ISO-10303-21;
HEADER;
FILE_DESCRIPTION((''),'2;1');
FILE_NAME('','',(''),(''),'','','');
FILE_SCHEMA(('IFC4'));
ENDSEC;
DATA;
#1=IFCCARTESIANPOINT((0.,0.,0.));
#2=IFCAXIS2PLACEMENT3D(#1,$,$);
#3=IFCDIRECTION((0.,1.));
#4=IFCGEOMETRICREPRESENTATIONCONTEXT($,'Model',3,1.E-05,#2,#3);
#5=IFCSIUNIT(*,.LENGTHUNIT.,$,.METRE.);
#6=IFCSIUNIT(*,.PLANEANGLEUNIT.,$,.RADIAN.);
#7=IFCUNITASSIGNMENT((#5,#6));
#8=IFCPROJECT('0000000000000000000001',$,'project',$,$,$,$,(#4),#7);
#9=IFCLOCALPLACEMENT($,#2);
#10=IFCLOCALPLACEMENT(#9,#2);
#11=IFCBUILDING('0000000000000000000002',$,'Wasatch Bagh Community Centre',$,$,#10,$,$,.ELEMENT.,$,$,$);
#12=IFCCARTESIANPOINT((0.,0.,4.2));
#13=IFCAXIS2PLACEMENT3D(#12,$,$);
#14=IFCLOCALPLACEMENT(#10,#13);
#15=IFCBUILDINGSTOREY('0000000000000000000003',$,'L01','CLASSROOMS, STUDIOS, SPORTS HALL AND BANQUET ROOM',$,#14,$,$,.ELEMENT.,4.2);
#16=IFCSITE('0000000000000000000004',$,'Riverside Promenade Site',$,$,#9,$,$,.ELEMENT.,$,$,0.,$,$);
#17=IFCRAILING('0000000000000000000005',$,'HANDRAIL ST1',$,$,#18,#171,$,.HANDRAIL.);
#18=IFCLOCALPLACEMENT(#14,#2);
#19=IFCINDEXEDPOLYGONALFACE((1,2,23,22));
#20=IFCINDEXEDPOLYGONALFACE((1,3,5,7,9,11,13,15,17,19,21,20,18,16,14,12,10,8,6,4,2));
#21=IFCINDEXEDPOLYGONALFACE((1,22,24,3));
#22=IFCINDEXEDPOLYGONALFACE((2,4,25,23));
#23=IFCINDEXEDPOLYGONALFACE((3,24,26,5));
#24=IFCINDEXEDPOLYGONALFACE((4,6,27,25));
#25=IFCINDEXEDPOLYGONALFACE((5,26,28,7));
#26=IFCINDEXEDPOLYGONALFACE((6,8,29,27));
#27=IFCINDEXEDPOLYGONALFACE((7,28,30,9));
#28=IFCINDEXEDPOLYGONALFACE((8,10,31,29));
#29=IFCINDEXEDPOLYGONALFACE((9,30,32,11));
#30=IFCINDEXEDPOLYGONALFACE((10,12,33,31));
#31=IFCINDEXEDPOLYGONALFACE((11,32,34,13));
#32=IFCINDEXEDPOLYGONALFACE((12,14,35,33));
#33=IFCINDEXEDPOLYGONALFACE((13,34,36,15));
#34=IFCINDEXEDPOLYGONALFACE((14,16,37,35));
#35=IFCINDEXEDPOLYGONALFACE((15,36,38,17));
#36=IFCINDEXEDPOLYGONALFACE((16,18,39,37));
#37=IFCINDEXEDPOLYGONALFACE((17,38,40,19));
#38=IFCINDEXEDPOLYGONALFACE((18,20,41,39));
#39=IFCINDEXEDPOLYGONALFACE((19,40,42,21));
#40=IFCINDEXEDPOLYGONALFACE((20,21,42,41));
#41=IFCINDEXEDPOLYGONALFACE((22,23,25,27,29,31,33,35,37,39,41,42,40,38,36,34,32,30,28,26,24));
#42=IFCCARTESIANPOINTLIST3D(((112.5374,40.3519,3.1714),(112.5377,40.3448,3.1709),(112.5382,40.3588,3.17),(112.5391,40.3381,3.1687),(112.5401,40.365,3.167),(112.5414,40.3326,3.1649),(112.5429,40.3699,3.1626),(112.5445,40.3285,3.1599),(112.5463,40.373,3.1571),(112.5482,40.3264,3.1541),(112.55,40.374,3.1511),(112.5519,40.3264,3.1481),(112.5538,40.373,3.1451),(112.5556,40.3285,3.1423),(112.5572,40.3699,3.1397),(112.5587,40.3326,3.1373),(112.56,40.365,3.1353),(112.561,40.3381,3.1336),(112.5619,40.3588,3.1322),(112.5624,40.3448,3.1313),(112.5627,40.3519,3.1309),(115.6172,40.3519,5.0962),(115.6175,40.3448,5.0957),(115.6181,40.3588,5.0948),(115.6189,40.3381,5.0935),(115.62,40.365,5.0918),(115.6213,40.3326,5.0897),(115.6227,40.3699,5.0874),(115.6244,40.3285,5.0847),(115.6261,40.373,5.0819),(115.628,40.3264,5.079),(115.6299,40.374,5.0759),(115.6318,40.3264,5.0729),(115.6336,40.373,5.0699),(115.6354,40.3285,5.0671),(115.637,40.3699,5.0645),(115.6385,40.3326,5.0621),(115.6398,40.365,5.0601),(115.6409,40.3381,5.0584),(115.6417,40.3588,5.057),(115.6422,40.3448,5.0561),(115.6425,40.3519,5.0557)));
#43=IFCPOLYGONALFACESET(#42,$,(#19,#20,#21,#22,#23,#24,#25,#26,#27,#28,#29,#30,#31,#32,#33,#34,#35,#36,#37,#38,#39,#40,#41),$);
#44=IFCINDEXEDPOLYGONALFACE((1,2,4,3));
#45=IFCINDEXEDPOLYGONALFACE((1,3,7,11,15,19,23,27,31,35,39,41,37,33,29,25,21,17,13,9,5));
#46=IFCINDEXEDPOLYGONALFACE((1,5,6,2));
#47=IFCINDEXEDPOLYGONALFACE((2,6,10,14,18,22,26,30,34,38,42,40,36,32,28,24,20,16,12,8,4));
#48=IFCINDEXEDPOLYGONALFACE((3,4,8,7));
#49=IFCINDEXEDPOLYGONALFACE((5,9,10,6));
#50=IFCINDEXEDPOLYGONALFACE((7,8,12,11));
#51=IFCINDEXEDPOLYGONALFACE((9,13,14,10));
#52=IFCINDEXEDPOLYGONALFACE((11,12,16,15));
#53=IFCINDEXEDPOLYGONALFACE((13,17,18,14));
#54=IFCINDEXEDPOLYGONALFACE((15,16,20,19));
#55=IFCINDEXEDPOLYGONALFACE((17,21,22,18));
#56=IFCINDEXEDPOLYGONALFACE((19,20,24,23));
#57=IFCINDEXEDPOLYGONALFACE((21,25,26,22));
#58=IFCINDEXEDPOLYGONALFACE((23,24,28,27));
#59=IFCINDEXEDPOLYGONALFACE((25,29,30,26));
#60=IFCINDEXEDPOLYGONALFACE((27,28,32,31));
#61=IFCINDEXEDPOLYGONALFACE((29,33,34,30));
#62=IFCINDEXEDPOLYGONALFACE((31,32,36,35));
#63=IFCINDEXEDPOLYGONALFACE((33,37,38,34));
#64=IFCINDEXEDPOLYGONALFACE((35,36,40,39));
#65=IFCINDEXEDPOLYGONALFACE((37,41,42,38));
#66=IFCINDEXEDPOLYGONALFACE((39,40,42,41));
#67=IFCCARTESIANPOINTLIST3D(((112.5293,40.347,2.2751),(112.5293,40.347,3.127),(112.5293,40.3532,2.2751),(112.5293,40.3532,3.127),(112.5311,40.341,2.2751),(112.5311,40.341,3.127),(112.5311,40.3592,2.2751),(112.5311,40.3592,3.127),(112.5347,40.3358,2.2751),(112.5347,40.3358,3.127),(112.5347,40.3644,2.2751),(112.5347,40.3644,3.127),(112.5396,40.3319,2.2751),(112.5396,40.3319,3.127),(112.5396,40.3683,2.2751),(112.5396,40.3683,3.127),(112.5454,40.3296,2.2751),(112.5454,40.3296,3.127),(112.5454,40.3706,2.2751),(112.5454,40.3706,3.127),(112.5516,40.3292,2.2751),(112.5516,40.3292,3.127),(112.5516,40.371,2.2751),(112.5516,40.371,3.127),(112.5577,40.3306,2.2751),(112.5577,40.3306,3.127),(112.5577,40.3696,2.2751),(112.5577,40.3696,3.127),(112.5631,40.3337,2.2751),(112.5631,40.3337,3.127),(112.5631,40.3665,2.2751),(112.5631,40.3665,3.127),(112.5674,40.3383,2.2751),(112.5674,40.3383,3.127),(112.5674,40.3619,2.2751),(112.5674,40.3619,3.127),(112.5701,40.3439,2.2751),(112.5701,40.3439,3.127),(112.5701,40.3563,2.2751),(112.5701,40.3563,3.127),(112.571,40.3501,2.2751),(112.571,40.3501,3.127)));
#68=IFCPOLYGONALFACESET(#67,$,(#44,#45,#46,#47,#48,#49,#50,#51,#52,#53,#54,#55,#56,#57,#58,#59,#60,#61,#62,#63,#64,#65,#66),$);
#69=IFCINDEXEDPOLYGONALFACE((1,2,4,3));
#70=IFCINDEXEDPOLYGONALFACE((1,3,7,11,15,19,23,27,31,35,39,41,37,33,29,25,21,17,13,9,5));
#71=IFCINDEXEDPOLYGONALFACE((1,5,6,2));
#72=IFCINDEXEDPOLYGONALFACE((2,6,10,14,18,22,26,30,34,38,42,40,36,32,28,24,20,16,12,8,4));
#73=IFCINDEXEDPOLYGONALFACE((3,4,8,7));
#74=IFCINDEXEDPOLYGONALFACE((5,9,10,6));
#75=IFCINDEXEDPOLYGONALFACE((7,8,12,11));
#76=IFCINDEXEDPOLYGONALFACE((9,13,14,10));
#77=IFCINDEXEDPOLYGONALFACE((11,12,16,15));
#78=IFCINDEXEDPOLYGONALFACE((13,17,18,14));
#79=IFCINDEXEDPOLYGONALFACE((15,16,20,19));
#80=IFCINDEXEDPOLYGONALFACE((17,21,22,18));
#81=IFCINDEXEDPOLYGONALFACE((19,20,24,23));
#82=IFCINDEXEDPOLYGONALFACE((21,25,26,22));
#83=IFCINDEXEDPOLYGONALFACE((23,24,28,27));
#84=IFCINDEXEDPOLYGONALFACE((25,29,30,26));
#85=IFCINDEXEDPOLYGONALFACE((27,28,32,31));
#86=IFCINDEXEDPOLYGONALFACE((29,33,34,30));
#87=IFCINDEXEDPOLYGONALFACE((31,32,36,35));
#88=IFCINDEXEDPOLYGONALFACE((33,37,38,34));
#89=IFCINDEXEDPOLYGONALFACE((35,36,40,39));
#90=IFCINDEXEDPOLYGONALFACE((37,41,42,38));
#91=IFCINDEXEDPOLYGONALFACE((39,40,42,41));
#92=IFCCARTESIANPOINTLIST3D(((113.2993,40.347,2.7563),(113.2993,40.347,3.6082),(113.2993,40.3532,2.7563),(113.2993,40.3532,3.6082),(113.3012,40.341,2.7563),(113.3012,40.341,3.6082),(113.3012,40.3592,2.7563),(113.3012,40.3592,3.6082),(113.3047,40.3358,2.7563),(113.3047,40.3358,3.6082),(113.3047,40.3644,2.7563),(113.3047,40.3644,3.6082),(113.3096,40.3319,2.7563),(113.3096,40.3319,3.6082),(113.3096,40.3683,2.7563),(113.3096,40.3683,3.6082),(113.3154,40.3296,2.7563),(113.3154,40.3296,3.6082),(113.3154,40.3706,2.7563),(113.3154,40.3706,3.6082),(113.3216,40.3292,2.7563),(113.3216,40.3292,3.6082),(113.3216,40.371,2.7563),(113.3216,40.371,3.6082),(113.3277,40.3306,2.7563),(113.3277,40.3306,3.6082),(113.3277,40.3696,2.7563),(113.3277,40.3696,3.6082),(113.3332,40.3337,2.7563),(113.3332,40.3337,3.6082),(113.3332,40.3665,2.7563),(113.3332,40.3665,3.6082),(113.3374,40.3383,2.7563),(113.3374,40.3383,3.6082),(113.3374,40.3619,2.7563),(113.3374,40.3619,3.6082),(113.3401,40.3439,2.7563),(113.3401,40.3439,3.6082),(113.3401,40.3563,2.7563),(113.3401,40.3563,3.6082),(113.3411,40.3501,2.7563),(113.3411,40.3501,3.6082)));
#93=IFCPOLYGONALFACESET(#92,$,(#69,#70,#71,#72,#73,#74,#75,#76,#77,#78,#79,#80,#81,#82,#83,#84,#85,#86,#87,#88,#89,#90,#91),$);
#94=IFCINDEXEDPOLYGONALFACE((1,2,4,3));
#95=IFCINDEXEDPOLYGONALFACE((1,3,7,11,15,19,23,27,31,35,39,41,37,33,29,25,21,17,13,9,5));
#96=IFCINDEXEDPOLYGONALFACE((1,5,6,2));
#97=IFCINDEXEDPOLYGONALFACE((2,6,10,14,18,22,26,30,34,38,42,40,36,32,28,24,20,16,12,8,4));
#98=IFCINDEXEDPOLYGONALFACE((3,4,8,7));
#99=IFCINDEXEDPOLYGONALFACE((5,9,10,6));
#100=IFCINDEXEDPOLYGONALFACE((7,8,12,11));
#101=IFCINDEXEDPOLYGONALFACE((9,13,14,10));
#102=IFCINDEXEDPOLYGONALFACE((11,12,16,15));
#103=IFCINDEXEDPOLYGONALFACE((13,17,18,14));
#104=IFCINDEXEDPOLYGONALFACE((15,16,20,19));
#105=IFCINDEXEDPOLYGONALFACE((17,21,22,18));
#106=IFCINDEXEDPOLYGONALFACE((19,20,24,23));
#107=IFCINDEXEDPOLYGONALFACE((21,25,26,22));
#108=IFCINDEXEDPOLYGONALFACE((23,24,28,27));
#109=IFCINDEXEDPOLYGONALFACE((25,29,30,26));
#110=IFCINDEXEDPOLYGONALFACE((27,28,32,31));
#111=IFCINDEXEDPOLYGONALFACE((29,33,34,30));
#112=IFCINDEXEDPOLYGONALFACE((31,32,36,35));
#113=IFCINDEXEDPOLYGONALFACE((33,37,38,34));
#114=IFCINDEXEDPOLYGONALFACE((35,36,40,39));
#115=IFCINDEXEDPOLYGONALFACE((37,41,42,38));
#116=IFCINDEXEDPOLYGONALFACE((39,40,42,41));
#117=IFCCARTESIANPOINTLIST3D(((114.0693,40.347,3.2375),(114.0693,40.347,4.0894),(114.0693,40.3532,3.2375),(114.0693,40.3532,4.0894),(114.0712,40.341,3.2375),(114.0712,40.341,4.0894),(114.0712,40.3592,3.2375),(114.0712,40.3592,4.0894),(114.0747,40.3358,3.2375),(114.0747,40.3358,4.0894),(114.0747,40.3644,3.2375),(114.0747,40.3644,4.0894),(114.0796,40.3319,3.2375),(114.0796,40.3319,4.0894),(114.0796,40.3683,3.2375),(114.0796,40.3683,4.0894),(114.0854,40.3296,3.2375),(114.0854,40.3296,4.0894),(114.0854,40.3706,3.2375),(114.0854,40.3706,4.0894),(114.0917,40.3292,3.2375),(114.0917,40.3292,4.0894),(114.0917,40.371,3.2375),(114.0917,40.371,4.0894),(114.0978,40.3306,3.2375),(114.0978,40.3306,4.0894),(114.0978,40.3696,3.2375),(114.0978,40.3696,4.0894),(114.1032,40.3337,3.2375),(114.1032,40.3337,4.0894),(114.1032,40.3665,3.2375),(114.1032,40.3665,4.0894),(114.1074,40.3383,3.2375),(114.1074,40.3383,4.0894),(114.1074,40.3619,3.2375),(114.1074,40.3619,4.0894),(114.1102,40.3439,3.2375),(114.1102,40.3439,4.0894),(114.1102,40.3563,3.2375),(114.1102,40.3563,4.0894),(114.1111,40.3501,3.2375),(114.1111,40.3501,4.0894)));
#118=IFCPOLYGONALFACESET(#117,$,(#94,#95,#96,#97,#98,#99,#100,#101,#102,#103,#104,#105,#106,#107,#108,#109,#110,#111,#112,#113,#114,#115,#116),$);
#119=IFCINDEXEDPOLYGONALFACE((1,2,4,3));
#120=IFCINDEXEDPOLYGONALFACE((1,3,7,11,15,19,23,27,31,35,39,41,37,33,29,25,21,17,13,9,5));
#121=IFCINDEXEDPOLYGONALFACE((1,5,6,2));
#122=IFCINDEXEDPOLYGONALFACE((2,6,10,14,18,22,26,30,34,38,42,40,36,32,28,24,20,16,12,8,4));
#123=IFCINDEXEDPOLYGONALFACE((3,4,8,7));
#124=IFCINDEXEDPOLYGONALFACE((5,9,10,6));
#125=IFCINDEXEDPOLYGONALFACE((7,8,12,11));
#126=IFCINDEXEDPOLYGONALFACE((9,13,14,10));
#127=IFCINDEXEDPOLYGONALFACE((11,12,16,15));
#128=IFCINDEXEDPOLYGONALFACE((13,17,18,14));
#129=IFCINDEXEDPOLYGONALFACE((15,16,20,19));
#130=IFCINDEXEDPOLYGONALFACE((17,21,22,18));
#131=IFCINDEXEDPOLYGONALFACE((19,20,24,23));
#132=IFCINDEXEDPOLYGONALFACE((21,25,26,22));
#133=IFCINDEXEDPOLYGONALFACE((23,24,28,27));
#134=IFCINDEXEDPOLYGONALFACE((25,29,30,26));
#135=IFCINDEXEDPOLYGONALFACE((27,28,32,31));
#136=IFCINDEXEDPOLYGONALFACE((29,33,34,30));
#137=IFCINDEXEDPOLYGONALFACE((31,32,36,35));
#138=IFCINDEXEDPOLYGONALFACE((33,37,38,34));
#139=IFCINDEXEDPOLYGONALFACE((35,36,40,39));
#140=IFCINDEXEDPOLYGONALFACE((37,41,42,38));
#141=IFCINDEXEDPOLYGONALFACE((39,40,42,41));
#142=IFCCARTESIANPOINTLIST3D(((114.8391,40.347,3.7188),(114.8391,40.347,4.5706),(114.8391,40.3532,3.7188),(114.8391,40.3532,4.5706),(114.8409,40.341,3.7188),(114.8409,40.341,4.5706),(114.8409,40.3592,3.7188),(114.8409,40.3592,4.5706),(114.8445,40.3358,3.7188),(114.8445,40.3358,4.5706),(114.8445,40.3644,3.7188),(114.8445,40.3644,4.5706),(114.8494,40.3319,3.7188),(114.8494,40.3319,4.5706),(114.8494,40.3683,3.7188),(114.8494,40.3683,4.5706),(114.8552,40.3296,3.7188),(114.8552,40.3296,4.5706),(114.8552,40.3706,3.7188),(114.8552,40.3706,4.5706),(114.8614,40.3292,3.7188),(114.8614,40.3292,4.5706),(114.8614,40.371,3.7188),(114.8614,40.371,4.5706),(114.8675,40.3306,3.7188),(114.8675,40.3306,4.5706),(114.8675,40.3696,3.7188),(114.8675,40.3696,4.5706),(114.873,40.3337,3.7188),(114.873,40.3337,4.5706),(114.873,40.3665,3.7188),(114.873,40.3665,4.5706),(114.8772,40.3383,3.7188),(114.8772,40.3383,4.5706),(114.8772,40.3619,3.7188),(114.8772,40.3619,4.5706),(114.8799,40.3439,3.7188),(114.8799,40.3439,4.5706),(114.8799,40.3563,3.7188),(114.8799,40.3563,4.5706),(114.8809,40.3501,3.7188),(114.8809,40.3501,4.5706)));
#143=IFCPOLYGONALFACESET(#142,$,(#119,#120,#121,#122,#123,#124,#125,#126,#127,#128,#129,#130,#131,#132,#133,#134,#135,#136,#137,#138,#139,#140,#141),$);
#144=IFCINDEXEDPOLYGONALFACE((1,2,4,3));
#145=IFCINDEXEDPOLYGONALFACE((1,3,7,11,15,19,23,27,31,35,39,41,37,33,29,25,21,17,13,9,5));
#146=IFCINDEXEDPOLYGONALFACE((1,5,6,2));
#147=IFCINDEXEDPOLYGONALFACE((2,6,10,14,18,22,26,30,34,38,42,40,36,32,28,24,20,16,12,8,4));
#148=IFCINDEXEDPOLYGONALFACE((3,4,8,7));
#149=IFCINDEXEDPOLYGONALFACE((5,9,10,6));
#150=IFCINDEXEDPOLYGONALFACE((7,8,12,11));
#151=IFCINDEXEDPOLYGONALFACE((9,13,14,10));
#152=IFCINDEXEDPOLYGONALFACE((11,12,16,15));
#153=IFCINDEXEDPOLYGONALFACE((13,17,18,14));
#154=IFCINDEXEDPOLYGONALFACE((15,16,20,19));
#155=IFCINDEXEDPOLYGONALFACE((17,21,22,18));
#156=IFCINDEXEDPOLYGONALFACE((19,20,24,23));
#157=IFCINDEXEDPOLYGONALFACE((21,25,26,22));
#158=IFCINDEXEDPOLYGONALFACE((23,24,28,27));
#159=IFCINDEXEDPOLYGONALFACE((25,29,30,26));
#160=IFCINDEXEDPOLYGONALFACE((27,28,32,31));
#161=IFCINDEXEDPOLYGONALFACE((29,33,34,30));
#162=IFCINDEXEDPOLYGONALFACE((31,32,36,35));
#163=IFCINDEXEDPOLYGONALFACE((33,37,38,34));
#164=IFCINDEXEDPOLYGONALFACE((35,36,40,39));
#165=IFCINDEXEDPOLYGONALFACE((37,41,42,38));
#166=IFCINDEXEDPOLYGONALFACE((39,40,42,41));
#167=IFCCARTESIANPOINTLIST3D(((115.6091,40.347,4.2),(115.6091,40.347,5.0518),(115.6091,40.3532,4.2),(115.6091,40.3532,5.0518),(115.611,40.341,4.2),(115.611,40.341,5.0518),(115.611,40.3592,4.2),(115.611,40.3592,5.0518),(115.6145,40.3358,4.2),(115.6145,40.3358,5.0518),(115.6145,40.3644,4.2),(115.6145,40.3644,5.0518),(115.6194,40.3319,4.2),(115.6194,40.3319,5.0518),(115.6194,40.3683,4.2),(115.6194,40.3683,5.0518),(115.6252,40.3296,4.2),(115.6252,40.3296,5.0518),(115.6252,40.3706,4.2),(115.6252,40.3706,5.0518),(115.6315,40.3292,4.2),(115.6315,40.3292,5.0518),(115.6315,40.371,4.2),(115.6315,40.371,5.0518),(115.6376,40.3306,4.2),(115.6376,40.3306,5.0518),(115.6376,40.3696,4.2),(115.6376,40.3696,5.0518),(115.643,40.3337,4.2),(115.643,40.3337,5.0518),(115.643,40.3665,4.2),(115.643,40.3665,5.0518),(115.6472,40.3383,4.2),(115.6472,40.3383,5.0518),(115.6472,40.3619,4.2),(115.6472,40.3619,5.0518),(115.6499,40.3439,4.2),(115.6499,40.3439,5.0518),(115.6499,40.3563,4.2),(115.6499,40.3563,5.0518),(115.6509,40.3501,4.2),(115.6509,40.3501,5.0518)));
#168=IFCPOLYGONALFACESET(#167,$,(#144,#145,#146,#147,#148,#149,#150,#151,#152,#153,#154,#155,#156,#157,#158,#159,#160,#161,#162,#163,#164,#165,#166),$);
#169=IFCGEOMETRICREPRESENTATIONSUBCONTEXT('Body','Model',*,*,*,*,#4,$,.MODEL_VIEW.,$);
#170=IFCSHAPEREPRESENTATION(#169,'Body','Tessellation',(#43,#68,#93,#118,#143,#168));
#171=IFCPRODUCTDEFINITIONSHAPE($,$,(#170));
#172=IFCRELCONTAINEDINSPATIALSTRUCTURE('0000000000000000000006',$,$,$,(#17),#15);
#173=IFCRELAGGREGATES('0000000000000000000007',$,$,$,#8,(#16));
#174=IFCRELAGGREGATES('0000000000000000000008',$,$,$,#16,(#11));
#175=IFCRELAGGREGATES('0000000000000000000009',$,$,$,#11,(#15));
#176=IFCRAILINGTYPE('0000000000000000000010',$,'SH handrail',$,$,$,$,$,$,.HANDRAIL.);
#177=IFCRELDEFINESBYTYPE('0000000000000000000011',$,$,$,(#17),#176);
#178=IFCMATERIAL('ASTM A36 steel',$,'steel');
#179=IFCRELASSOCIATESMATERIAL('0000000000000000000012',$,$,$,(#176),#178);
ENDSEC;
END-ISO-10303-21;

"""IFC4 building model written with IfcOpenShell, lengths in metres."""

from ifc_helpers import new_model, si_unit, direction, frame, origin, origin_2d, place, context, subcontext, project, spatial, circle, extrude, material, type_object, element, save


model = new_model("IFC4")

# Units and contexts
model_context = context("Model", 3, precision=1e-05, world=origin(), true_north=direction((0.0, 1.0)))
body_context = subcontext(model_context, "Body", "Model", "MODEL_VIEW")
ifc_project = project(units=[si_unit("LENGTHUNIT", "METRE"), si_unit("PLANEANGLEUNIT", "RADIAN")], contexts=[model_context])

# Site, building, storey
site_placement = place(None, origin())
site = spatial("IfcSite", under=ifc_project, at=site_placement, Name="Riverside Promenade Site", CompositionType="ELEMENT", RefElevation=0.0)
building_placement = place(site_placement, origin())
building = spatial("IfcBuilding", under=site, at=building_placement, Name="Wasatch Bagh Community Centre", CompositionType="ELEMENT")
storey_placement = place(building_placement, frame((0.0, 0.0, 4.2)))
storey = spatial("IfcBuildingStorey", under=building, at=storey_placement, Name="L01", Description="CLASSROOMS, STUDIOS, SPORTS HALL AND BANQUET ROOM", CompositionType="ELEMENT", Elevation=4.2)

# Railing
ifc_material_1 = material(Name="ASTM A36 steel", Category="steel")
railing_type_1 = type_object("IfcRailingType", Name="SH handrail", PredefinedType="HANDRAIL", material=ifc_material_1)
for number, where, name in (
    (1, (112.55, 40.3501, 2.2751), "HANDRAIL ST1"),
):
    element("IfcRailing", number, at=place(storey_placement, frame(where)), inside=storey, type_object=railing_type_1, Name=name, PredefinedType="HANDRAIL", context=body_context, shape_type="SweptSolid", body=[
        extrude(circle(Radius=0.0239, at=origin_2d()), frame((0.0, 0.0, 0.876), z_axis=(0.84801, 0.0, 0.529981), x_axis=(0.0, 1.0, 0.0)), (0.0, 0.0, 1.0), 3.6318),
        extrude(circle(Radius=0.021, at=origin_2d()), origin(), (0.0, 0.0, 1.0), 0.8518),
        extrude(circle(Radius=0.021, at=origin_2d()), frame((0.77, 0.0, 0.4812)), (0.0, 0.0, 1.0), 0.8518),
        extrude(circle(Radius=0.021, at=origin_2d()), frame((1.54, 0.0, 0.9624)), (0.0, 0.0, 1.0), 0.8518),
        extrude(circle(Radius=0.021, at=origin_2d()), frame((2.3098, 0.0, 1.4436)), (0.0, 0.0, 1.0), 0.8518),
        extrude(circle(Radius=0.021, at=origin_2d()), frame((3.0798, 0.0, 1.9248)), (0.0, 0.0, 1.0), 0.8518),
    ])

save(model, "model.ifc")
